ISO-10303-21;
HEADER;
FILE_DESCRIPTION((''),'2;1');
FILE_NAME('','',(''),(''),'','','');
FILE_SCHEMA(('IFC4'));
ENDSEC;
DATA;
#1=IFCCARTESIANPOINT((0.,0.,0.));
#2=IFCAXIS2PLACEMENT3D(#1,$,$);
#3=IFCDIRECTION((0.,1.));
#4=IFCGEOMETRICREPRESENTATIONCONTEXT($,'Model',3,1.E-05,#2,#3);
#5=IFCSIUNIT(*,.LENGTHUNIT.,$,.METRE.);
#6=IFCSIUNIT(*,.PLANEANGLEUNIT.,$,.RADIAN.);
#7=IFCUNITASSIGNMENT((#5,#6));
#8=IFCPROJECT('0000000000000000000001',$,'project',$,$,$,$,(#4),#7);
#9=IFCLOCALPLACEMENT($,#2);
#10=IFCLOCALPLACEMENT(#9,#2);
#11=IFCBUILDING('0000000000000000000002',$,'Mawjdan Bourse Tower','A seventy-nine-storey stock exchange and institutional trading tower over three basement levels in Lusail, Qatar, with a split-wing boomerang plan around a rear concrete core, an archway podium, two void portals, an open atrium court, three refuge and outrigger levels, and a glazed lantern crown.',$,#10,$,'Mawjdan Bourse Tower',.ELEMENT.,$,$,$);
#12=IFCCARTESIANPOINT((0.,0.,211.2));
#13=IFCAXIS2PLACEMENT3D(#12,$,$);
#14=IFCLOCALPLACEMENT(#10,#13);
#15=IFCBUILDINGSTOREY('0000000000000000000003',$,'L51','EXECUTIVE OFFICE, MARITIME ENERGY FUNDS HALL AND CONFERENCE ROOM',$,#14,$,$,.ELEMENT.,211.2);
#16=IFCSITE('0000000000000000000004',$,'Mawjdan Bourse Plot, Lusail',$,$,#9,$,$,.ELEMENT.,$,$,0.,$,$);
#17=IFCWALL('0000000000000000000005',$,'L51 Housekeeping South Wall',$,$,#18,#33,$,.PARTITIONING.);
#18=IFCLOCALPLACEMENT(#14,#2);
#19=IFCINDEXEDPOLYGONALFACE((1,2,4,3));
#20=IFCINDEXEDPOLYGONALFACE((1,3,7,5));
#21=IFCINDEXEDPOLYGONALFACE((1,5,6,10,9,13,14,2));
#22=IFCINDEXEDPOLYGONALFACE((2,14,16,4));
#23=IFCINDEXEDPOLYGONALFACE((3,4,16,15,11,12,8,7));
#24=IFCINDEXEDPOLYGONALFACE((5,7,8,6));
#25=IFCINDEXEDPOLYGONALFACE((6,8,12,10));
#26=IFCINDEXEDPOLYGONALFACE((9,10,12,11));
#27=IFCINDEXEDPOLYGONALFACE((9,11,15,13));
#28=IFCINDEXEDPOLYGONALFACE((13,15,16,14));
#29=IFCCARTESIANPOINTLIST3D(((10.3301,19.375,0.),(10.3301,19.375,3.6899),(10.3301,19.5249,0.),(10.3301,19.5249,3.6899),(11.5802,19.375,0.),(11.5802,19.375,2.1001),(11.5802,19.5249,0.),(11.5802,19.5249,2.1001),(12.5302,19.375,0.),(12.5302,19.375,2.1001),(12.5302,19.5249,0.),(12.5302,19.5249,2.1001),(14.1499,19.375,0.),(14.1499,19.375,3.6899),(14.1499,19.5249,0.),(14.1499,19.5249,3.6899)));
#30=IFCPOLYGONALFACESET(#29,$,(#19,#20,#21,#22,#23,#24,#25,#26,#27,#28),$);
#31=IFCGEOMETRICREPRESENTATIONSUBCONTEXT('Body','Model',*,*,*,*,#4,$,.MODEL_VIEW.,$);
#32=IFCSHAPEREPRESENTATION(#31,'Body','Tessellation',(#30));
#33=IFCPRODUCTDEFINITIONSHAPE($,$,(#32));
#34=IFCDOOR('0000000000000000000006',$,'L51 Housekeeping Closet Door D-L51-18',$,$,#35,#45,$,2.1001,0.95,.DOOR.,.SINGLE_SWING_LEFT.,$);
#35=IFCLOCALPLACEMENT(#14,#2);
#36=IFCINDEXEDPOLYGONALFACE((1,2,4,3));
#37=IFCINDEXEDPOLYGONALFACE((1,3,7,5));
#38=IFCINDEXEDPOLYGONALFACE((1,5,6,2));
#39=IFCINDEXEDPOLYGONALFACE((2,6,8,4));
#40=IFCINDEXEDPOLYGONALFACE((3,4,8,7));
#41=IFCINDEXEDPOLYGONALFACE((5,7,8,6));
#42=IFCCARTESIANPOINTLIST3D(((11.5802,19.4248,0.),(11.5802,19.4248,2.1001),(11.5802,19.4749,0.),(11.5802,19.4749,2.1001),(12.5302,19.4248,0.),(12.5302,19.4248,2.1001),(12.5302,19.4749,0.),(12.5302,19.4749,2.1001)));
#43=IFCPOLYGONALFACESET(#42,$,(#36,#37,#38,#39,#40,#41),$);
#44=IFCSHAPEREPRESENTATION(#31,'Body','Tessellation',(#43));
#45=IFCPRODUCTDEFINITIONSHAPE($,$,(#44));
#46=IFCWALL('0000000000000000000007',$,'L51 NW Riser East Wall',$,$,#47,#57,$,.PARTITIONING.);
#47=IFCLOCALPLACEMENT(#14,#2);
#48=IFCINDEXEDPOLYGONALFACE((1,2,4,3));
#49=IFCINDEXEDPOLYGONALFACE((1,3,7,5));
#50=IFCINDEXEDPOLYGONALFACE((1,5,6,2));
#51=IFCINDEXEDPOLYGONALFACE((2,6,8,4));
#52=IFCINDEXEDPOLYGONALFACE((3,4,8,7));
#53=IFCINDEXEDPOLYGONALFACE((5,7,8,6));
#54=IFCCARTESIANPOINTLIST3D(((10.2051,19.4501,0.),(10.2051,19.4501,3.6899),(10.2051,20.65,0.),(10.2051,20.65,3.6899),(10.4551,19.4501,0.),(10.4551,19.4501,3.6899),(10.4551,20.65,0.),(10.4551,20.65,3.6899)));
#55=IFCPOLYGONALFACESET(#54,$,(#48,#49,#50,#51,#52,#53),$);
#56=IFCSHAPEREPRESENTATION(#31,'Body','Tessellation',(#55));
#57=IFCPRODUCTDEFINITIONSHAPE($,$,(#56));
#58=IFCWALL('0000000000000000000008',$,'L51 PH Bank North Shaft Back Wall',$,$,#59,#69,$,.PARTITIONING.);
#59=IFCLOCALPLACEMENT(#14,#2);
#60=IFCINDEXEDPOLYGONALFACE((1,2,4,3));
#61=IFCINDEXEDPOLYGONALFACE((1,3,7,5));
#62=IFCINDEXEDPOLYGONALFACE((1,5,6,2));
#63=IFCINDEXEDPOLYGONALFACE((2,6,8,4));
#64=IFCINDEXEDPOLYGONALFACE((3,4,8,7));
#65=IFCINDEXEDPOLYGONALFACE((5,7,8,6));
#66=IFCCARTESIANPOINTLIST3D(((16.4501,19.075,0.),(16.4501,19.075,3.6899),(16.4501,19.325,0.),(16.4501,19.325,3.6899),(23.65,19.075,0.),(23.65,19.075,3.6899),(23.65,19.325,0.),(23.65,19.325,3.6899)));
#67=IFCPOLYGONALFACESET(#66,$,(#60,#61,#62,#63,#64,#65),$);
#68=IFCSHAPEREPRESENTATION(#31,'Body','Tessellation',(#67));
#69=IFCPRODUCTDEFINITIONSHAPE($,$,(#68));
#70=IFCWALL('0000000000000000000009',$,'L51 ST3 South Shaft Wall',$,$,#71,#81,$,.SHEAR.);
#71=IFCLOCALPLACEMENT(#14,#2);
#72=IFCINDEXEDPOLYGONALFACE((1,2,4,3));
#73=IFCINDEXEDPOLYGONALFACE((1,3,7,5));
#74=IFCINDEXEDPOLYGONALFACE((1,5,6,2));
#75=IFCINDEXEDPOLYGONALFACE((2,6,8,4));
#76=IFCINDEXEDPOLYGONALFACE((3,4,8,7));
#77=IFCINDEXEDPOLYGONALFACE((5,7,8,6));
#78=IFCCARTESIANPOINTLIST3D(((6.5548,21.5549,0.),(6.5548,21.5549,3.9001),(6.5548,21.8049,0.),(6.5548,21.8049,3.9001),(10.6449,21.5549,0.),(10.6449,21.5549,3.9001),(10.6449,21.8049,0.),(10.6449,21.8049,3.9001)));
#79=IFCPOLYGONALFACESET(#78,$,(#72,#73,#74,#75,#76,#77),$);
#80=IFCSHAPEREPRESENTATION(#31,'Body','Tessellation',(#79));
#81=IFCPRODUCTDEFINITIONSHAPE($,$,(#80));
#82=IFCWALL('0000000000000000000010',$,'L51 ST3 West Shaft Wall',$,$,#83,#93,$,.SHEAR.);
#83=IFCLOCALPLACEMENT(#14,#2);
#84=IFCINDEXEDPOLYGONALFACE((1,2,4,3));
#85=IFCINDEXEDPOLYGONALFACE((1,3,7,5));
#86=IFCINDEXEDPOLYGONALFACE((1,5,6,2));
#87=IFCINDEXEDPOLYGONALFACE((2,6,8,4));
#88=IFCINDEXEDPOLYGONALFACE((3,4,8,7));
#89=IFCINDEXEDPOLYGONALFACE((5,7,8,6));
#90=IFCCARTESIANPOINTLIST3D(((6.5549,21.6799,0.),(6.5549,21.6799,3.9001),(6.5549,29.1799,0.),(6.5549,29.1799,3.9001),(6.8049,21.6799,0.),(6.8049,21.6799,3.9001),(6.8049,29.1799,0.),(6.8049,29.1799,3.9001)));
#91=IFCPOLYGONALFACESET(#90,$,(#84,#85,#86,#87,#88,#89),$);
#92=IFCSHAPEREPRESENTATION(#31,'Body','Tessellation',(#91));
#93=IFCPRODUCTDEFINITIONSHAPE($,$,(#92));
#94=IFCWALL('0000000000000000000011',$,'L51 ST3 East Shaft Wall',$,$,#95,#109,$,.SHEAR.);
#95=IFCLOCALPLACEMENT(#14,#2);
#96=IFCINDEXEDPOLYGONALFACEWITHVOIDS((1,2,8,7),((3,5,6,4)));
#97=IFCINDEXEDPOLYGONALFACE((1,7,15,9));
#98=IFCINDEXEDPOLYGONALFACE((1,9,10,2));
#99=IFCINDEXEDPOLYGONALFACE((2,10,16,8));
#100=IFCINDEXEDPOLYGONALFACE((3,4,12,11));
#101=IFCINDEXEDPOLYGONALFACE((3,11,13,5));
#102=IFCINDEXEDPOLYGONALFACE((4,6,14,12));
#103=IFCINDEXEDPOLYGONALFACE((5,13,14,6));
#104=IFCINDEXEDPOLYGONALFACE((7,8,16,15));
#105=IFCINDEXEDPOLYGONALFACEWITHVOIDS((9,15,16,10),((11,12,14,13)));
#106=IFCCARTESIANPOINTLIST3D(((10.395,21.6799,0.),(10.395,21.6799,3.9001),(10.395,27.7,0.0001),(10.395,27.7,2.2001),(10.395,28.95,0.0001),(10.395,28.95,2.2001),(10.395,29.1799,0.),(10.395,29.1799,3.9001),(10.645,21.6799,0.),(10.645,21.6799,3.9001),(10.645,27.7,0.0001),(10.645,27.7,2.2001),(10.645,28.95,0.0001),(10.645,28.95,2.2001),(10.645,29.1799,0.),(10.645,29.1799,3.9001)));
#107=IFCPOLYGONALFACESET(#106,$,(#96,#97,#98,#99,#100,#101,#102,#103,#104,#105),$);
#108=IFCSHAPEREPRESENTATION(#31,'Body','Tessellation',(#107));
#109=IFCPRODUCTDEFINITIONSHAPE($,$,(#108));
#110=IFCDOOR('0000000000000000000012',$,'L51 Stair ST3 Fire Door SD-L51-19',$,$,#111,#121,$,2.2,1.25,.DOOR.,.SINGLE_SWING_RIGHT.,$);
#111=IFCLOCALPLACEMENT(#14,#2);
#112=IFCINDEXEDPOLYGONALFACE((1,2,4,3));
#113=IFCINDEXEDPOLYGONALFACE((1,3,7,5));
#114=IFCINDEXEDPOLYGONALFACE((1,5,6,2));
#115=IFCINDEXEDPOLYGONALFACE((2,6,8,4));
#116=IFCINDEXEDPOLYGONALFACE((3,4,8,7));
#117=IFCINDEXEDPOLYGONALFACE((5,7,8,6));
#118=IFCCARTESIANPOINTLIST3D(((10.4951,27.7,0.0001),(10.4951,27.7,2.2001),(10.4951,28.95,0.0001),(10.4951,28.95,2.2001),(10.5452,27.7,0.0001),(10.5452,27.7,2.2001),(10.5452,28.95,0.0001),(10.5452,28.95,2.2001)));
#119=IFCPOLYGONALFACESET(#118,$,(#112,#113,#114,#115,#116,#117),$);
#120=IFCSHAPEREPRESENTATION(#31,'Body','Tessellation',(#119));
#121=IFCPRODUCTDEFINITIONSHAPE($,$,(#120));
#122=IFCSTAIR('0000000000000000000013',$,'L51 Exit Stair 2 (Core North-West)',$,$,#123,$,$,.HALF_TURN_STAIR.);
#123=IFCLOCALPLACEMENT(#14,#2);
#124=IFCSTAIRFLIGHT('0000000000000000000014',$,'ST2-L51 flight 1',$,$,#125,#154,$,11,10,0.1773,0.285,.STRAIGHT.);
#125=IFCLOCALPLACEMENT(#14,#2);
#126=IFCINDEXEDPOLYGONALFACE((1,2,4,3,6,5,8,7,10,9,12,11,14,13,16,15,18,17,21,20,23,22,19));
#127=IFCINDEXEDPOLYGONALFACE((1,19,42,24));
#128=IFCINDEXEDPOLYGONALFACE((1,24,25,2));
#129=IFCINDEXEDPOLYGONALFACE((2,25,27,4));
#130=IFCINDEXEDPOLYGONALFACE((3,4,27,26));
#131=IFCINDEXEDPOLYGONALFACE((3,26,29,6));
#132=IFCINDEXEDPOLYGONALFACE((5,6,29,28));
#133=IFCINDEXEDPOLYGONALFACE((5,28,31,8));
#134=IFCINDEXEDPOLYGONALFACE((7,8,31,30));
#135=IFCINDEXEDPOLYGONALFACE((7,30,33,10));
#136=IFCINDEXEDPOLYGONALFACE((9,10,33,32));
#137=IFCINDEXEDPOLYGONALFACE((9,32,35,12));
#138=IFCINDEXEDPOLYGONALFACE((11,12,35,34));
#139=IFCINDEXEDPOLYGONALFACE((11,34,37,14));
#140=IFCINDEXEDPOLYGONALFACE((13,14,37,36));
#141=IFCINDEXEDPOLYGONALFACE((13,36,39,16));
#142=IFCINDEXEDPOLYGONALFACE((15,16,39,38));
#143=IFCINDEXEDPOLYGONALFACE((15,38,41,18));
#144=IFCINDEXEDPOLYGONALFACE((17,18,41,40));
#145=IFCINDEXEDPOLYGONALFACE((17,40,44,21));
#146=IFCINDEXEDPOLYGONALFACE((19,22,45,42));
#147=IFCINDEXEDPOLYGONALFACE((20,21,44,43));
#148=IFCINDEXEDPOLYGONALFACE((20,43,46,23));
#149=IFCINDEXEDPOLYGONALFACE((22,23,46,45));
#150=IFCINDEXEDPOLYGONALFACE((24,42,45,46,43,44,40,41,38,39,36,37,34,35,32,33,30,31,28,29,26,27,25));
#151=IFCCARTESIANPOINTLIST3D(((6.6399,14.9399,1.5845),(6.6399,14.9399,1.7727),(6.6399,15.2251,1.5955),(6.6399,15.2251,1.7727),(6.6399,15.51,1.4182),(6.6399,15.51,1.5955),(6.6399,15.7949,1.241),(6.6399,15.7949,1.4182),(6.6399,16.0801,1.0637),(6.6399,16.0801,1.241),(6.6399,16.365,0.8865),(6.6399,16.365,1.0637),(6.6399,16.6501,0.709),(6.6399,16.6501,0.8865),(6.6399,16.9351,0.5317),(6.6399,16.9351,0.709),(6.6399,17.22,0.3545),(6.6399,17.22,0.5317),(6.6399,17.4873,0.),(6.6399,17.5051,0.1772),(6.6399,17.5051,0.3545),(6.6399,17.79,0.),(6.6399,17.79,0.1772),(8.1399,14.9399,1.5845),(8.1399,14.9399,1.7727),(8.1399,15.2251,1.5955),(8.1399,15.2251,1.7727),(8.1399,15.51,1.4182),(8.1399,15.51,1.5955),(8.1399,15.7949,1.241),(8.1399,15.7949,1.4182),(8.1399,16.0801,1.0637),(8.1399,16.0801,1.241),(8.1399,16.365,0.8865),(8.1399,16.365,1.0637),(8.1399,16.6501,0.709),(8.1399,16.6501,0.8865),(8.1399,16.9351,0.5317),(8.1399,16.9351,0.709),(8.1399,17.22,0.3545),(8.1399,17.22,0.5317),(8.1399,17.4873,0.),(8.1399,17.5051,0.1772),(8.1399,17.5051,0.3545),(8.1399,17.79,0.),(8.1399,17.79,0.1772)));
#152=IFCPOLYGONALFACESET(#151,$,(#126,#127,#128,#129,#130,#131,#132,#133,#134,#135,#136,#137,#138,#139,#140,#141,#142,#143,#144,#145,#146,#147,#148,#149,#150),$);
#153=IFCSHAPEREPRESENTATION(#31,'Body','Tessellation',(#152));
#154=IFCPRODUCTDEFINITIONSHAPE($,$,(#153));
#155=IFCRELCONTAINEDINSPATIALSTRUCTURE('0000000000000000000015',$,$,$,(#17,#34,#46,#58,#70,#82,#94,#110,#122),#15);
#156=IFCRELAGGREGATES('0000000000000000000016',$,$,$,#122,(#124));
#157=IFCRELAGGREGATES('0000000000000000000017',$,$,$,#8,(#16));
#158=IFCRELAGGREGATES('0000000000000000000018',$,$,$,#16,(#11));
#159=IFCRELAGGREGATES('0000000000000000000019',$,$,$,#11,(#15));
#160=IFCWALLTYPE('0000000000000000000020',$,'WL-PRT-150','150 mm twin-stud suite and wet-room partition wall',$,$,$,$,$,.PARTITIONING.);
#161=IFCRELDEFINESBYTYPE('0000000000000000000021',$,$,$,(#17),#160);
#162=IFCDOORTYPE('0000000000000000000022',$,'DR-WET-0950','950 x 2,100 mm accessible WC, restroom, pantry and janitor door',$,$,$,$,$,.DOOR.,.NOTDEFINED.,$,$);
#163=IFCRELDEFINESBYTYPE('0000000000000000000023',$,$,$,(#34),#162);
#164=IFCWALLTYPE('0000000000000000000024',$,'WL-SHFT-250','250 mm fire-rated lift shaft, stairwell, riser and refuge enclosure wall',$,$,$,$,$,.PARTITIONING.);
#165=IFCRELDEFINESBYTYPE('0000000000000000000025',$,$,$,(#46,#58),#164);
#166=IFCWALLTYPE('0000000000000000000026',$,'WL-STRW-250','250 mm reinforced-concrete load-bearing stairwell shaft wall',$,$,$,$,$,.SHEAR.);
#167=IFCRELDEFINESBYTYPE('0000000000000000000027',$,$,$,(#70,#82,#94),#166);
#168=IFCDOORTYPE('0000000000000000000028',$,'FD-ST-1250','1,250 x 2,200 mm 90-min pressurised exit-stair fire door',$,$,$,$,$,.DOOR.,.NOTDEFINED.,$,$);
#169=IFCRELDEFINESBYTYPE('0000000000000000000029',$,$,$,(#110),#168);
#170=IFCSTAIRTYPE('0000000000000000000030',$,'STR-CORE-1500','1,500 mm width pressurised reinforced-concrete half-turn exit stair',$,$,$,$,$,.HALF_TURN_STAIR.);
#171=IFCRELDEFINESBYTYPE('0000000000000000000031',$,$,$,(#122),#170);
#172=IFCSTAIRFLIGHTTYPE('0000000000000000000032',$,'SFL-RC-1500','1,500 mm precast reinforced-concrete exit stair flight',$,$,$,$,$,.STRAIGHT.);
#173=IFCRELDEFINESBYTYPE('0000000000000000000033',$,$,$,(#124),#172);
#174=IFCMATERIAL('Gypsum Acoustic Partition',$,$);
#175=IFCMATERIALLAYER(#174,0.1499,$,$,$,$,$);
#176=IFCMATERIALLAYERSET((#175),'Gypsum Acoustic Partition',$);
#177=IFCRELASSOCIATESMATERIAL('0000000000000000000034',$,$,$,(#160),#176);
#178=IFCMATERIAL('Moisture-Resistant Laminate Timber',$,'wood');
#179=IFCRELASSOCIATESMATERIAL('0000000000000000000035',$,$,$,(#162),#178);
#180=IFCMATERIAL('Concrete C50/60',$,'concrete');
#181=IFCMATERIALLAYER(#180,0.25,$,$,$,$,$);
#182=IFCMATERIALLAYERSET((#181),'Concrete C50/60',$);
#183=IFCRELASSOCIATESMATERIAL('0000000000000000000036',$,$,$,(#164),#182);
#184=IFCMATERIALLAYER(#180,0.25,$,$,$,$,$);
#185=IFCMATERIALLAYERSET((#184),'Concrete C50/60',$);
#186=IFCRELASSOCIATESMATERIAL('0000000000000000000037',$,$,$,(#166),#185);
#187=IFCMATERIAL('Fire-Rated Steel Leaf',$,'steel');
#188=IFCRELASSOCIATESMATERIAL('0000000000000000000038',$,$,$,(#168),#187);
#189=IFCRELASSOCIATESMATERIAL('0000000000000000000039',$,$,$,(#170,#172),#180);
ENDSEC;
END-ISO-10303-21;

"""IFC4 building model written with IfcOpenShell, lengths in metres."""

from ifc_helpers import new_model, si_unit, direction, frame, frame_2d, origin, place, context, subcontext, project, spatial, polyline, rectangle, outline, extrude, material, layer, layer_set, type_object, element, fill, aggregate, save


model = new_model("IFC4")

# Units and contexts
model_context = context("Model", 3, precision=1e-05, world=origin(), true_north=direction((0.0, 1.0)))
body_context = subcontext(model_context, "Body", "Model", "MODEL_VIEW")
ifc_project = project(units=[si_unit("LENGTHUNIT", "METRE"), si_unit("PLANEANGLEUNIT", "RADIAN")], contexts=[model_context])

# Site, building, storey
site_placement = place(None, origin())
site = spatial("IfcSite", under=ifc_project, at=site_placement, Name="Mawjdan Bourse Plot, Lusail", CompositionType="ELEMENT", RefElevation=0.0)
building_placement = place(site_placement, origin())
building = spatial("IfcBuilding", under=site, at=building_placement, Name="Mawjdan Bourse Tower", Description="A seventy-nine-storey stock exchange and institutional trading tower over three basement levels in Lusail, Qatar, with a split-wing boomerang plan around a rear concrete core, an archway podium, two void portals, an open atrium court, three refuge and outrigger levels, and a glazed lantern crown.", LongName="Mawjdan Bourse Tower", CompositionType="ELEMENT")
storey_placement = place(building_placement, frame((0.0, 0.0, 211.2)))
storey = spatial("IfcBuildingStorey", under=building, at=storey_placement, Name="L51", Description="EXECUTIVE OFFICE, MARITIME ENERGY FUNDS HALL AND CONFERENCE ROOM", CompositionType="ELEMENT", Elevation=211.2)

# Wall, opening, door
ifc_material_1 = material(Name="Gypsum Acoustic Partition")
ifc_layer_1 = layer(ifc_material_1, 0.1499)
ifc_layer_set_1 = layer_set([ifc_layer_1], Name="Gypsum Acoustic Partition")
wall_type_1 = type_object("IfcWallType", Name="WL-PRT-150", Description="150 mm twin-stud suite and wet-room partition wall", PredefinedType="PARTITIONING", material=ifc_layer_set_1)
wall_1_placement = place(storey_placement, frame((10.3301, 19.45, 0.0), z_axis=(0.0, 0.0, 1.0), x_axis=(1.0, 0.0, 0.0)))
wall_1 = element("IfcWall", 1, at=wall_1_placement, inside=storey, type_object=wall_type_1, Name="L51 Housekeeping South Wall", PredefinedType="PARTITIONING", context=body_context, shape_type="SweptSolid", body=[
    extrude(rectangle(XDim=3.8198, YDim=0.1499, at=frame_2d((1.9099, 0.0))), origin(), (0.0, 0.0, 1.0), 3.6899),
])
opening_1_placement = place(wall_1_placement, frame((1.25, 0.0, 0.0)))
opening_1 = element("IfcOpeningElement", 2, at=opening_1_placement, cuts=wall_1, PredefinedType="OPENING", context=body_context, shape_type="SweptSolid", body=[
    extrude(rectangle(XDim=0.95, YDim=2.1001, at=frame_2d((0.4751, 1.05))), frame((0.0, 0.085, 0.0), z_axis=(0.0, -1.0, 0.0), x_axis=(1.0, 0.0, 0.0)), (0.0, 0.0, 1.0), 0.1699),
])
ifc_material_2 = material(Name="Moisture-Resistant Laminate Timber", Category="wood")
door_type_1 = type_object("IfcDoorType", Name="DR-WET-0950", Description="950 x 2,100 mm accessible WC, restroom, pantry and janitor door", OperationType="NOTDEFINED", PredefinedType="DOOR", material=ifc_material_2)
door_1_placement = place(opening_1_placement, origin())
door_1 = element("IfcDoor", 3, at=door_1_placement, inside=storey, type_object=door_type_1, Name="L51 Housekeeping Closet Door D-L51-18", OperationType="SINGLE_SWING_LEFT", OverallHeight=2.1001, OverallWidth=0.95, PredefinedType="DOOR", context=body_context, shape_type="SweptSolid", body=[
    extrude(rectangle(XDim=0.95, YDim=2.1001, at=frame_2d((0.4751, 1.05))), frame((0.0, 0.0249, 0.0), z_axis=(0.0, -1.0, 0.0), x_axis=(1.0, 0.0, 0.0)), (0.0, 0.0, 1.0), 0.05),
])
fill(opening_1, door_1)

# Walls
ifc_material_3 = material(Name="Concrete C50/60", Category="concrete")
ifc_layer_2 = layer(ifc_material_3, 0.25)
ifc_layer_set_2 = layer_set([ifc_layer_2], Name="Concrete C50/60")
wall_type_2 = type_object("IfcWallType", Name="WL-SHFT-250", Description="250 mm fire-rated lift shaft, stairwell, riser and refuge enclosure wall", PredefinedType="PARTITIONING", material=ifc_layer_set_2)
wall_2_placement = place(storey_placement, frame((10.3301, 19.45, 0.0), z_axis=(0.0, 0.0, 1.0), x_axis=(0.0, 1.0, 0.0)))
element("IfcWall", 4, at=wall_2_placement, inside=storey, type_object=wall_type_2, Name="L51 NW Riser East Wall", PredefinedType="PARTITIONING", context=body_context, shape_type="SweptSolid", body=[
    extrude(rectangle(XDim=1.2, YDim=0.25, at=frame_2d((0.6001, 0.0))), origin(), (0.0, 0.0, 1.0), 3.6899),
])
wall_3_placement = place(storey_placement, frame((16.45, 19.2, 0.0), z_axis=(0.0, 0.0, 1.0), x_axis=(1.0, 0.0, 0.0)))
element("IfcWall", 5, at=wall_3_placement, inside=storey, type_object=wall_type_2, Name="L51 PH Bank North Shaft Back Wall", PredefinedType="PARTITIONING", context=body_context, shape_type="SweptSolid", body=[
    extrude(rectangle(XDim=7.2, YDim=0.25, at=frame_2d((3.6001, 0.0))), origin(), (0.0, 0.0, 1.0), 3.6899),
])
ifc_layer_3 = layer(ifc_material_3, 0.25)
ifc_layer_set_3 = layer_set([ifc_layer_3], Name="Concrete C50/60")
wall_type_3 = type_object("IfcWallType", Name="WL-STRW-250", Description="250 mm reinforced-concrete load-bearing stairwell shaft wall", PredefinedType="SHEAR", material=ifc_layer_set_3)
wall_4_placement = place(storey_placement, frame((6.5549, 21.6799, 0.0), z_axis=(0.0, 0.0, 1.0), x_axis=(1.0, 0.0, 0.0)))
element("IfcWall", 6, at=wall_4_placement, inside=storey, type_object=wall_type_3, Name="L51 ST3 South Shaft Wall", PredefinedType="SHEAR", context=body_context, shape_type="SweptSolid", body=[
    extrude(rectangle(XDim=4.0901, YDim=0.25, at=frame_2d((2.0449, 0.0))), origin(), (0.0, 0.0, 1.0), 3.9001),
])
wall_5_placement = place(storey_placement, frame((6.6799, 21.6799, 0.0), z_axis=(0.0, 0.0, 1.0), x_axis=(0.0, 1.0, 0.0)))
element("IfcWall", 7, at=wall_5_placement, inside=storey, type_object=wall_type_3, Name="L51 ST3 West Shaft Wall", PredefinedType="SHEAR", context=body_context, shape_type="SweptSolid", body=[
    extrude(rectangle(XDim=7.5, YDim=0.25, at=frame_2d((3.75, 0.0))), origin(), (0.0, 0.0, 1.0), 3.9001),
])

# Wall, opening, door
wall_6_placement = place(storey_placement, frame((10.52, 21.6799, 0.0), z_axis=(0.0, 0.0, 1.0), x_axis=(0.0, 1.0, 0.0)))
wall_6 = element("IfcWall", 8, at=wall_6_placement, inside=storey, type_object=wall_type_3, Name="L51 ST3 East Shaft Wall", PredefinedType="SHEAR", context=body_context, shape_type="SweptSolid", body=[
    extrude(rectangle(XDim=7.5, YDim=0.25, at=frame_2d((3.75, 0.0))), origin(), (0.0, 0.0, 1.0), 3.9001),
])
opening_2_placement = place(wall_6_placement, frame((6.02, 0.0, 0.0)))
opening_2 = element("IfcOpeningElement", 9, at=opening_2_placement, cuts=wall_6, PredefinedType="OPENING", context=body_context, shape_type="SweptSolid", body=[
    extrude(rectangle(XDim=1.25, YDim=2.2, at=frame_2d((0.625, 1.1001))), frame((0.0, 0.135, 0.0), z_axis=(0.0, -1.0, 0.0), x_axis=(1.0, 0.0, 0.0)), (0.0, 0.0, 1.0), 0.27),
])
ifc_material_4 = material(Name="Fire-Rated Steel Leaf", Category="steel")
door_type_2 = type_object("IfcDoorType", Name="FD-ST-1250", Description="1,250 x 2,200 mm 90-min pressurised exit-stair fire door", OperationType="NOTDEFINED", PredefinedType="DOOR", material=ifc_material_4)
door_2_placement = place(opening_2_placement, origin())
door_2 = element("IfcDoor", 10, at=door_2_placement, inside=storey, type_object=door_type_2, Name="L51 Stair ST3 Fire Door SD-L51-19", OperationType="SINGLE_SWING_RIGHT", OverallHeight=2.2, OverallWidth=1.25, PredefinedType="DOOR", context=body_context, shape_type="SweptSolid", body=[
    extrude(rectangle(XDim=1.25, YDim=2.2, at=frame_2d((0.625, 1.1001))), frame((0.0, 0.0249, 0.0), z_axis=(0.0, -1.0, 0.0), x_axis=(1.0, 0.0, 0.0)), (0.0, 0.0, 1.0), 0.05),
])
fill(opening_2, door_2)

# Stair, stair flight
stair_type = type_object("IfcStairType", Name="STR-CORE-1500", Description="1,500 mm width pressurised reinforced-concrete half-turn exit stair", PredefinedType="HALF_TURN_STAIR", material=ifc_material_3)
stair_1_placement = place(storey_placement, origin())
stair_1 = element("IfcStair", 11, at=stair_1_placement, inside=storey, type_object=stair_type, Name="L51 Exit Stair 2 (Core North-West)", PredefinedType="HALF_TURN_STAIR")
stair_flight_type = type_object("IfcStairFlightType", Name="SFL-RC-1500", Description="1,500 mm precast reinforced-concrete exit stair flight", PredefinedType="STRAIGHT", material=ifc_material_3)
stair_flight_1_placement = place(storey_placement, frame((7.3899, 17.79, 0.0), z_axis=(0.0, 0.0, 1.0), x_axis=(0.0, -1.0, 0.0)))
stair_flight_1 = element("IfcStairFlight", 12, at=stair_flight_1_placement, type_object=stair_flight_type, Name="ST2-L51 flight 1", NumberOfRisers=11, NumberOfTreads=10, PredefinedType="STRAIGHT", RiserHeight=0.1773, TreadLength=0.285, context=body_context, shape_type="SweptSolid", body=[
    extrude(outline(polyline([(0.0, 0.0), (0.0, 0.1772), (0.2849, 0.1772), (0.2849, 0.3545), (0.5701, 0.3545), (0.5701, 0.5317), (0.855, 0.5317), (0.855, 0.709), (1.1399, 0.709), (1.1399, 0.8865), (1.425, 0.8865), (1.425, 1.0637), (1.71, 1.0637), (1.71, 1.241), (1.9951, 1.241), (1.9951, 1.4182), (2.28, 1.4182), (2.28, 1.5955), (2.5649, 1.5955), (2.5649, 1.7727), (2.8501, 1.7727), (2.8501, 1.95), (2.8501, 1.5845), (0.3027, 0.0), (0.0, 0.0)])), frame((0.0, 0.75, 0.0), z_axis=(0.0, -1.0, 0.0), x_axis=(1.0, 0.0, 0.0)), (0.0, 0.0, 1.0), 1.5),
])
aggregate(stair_1, [stair_flight_1])

save(model, "model.ifc")
